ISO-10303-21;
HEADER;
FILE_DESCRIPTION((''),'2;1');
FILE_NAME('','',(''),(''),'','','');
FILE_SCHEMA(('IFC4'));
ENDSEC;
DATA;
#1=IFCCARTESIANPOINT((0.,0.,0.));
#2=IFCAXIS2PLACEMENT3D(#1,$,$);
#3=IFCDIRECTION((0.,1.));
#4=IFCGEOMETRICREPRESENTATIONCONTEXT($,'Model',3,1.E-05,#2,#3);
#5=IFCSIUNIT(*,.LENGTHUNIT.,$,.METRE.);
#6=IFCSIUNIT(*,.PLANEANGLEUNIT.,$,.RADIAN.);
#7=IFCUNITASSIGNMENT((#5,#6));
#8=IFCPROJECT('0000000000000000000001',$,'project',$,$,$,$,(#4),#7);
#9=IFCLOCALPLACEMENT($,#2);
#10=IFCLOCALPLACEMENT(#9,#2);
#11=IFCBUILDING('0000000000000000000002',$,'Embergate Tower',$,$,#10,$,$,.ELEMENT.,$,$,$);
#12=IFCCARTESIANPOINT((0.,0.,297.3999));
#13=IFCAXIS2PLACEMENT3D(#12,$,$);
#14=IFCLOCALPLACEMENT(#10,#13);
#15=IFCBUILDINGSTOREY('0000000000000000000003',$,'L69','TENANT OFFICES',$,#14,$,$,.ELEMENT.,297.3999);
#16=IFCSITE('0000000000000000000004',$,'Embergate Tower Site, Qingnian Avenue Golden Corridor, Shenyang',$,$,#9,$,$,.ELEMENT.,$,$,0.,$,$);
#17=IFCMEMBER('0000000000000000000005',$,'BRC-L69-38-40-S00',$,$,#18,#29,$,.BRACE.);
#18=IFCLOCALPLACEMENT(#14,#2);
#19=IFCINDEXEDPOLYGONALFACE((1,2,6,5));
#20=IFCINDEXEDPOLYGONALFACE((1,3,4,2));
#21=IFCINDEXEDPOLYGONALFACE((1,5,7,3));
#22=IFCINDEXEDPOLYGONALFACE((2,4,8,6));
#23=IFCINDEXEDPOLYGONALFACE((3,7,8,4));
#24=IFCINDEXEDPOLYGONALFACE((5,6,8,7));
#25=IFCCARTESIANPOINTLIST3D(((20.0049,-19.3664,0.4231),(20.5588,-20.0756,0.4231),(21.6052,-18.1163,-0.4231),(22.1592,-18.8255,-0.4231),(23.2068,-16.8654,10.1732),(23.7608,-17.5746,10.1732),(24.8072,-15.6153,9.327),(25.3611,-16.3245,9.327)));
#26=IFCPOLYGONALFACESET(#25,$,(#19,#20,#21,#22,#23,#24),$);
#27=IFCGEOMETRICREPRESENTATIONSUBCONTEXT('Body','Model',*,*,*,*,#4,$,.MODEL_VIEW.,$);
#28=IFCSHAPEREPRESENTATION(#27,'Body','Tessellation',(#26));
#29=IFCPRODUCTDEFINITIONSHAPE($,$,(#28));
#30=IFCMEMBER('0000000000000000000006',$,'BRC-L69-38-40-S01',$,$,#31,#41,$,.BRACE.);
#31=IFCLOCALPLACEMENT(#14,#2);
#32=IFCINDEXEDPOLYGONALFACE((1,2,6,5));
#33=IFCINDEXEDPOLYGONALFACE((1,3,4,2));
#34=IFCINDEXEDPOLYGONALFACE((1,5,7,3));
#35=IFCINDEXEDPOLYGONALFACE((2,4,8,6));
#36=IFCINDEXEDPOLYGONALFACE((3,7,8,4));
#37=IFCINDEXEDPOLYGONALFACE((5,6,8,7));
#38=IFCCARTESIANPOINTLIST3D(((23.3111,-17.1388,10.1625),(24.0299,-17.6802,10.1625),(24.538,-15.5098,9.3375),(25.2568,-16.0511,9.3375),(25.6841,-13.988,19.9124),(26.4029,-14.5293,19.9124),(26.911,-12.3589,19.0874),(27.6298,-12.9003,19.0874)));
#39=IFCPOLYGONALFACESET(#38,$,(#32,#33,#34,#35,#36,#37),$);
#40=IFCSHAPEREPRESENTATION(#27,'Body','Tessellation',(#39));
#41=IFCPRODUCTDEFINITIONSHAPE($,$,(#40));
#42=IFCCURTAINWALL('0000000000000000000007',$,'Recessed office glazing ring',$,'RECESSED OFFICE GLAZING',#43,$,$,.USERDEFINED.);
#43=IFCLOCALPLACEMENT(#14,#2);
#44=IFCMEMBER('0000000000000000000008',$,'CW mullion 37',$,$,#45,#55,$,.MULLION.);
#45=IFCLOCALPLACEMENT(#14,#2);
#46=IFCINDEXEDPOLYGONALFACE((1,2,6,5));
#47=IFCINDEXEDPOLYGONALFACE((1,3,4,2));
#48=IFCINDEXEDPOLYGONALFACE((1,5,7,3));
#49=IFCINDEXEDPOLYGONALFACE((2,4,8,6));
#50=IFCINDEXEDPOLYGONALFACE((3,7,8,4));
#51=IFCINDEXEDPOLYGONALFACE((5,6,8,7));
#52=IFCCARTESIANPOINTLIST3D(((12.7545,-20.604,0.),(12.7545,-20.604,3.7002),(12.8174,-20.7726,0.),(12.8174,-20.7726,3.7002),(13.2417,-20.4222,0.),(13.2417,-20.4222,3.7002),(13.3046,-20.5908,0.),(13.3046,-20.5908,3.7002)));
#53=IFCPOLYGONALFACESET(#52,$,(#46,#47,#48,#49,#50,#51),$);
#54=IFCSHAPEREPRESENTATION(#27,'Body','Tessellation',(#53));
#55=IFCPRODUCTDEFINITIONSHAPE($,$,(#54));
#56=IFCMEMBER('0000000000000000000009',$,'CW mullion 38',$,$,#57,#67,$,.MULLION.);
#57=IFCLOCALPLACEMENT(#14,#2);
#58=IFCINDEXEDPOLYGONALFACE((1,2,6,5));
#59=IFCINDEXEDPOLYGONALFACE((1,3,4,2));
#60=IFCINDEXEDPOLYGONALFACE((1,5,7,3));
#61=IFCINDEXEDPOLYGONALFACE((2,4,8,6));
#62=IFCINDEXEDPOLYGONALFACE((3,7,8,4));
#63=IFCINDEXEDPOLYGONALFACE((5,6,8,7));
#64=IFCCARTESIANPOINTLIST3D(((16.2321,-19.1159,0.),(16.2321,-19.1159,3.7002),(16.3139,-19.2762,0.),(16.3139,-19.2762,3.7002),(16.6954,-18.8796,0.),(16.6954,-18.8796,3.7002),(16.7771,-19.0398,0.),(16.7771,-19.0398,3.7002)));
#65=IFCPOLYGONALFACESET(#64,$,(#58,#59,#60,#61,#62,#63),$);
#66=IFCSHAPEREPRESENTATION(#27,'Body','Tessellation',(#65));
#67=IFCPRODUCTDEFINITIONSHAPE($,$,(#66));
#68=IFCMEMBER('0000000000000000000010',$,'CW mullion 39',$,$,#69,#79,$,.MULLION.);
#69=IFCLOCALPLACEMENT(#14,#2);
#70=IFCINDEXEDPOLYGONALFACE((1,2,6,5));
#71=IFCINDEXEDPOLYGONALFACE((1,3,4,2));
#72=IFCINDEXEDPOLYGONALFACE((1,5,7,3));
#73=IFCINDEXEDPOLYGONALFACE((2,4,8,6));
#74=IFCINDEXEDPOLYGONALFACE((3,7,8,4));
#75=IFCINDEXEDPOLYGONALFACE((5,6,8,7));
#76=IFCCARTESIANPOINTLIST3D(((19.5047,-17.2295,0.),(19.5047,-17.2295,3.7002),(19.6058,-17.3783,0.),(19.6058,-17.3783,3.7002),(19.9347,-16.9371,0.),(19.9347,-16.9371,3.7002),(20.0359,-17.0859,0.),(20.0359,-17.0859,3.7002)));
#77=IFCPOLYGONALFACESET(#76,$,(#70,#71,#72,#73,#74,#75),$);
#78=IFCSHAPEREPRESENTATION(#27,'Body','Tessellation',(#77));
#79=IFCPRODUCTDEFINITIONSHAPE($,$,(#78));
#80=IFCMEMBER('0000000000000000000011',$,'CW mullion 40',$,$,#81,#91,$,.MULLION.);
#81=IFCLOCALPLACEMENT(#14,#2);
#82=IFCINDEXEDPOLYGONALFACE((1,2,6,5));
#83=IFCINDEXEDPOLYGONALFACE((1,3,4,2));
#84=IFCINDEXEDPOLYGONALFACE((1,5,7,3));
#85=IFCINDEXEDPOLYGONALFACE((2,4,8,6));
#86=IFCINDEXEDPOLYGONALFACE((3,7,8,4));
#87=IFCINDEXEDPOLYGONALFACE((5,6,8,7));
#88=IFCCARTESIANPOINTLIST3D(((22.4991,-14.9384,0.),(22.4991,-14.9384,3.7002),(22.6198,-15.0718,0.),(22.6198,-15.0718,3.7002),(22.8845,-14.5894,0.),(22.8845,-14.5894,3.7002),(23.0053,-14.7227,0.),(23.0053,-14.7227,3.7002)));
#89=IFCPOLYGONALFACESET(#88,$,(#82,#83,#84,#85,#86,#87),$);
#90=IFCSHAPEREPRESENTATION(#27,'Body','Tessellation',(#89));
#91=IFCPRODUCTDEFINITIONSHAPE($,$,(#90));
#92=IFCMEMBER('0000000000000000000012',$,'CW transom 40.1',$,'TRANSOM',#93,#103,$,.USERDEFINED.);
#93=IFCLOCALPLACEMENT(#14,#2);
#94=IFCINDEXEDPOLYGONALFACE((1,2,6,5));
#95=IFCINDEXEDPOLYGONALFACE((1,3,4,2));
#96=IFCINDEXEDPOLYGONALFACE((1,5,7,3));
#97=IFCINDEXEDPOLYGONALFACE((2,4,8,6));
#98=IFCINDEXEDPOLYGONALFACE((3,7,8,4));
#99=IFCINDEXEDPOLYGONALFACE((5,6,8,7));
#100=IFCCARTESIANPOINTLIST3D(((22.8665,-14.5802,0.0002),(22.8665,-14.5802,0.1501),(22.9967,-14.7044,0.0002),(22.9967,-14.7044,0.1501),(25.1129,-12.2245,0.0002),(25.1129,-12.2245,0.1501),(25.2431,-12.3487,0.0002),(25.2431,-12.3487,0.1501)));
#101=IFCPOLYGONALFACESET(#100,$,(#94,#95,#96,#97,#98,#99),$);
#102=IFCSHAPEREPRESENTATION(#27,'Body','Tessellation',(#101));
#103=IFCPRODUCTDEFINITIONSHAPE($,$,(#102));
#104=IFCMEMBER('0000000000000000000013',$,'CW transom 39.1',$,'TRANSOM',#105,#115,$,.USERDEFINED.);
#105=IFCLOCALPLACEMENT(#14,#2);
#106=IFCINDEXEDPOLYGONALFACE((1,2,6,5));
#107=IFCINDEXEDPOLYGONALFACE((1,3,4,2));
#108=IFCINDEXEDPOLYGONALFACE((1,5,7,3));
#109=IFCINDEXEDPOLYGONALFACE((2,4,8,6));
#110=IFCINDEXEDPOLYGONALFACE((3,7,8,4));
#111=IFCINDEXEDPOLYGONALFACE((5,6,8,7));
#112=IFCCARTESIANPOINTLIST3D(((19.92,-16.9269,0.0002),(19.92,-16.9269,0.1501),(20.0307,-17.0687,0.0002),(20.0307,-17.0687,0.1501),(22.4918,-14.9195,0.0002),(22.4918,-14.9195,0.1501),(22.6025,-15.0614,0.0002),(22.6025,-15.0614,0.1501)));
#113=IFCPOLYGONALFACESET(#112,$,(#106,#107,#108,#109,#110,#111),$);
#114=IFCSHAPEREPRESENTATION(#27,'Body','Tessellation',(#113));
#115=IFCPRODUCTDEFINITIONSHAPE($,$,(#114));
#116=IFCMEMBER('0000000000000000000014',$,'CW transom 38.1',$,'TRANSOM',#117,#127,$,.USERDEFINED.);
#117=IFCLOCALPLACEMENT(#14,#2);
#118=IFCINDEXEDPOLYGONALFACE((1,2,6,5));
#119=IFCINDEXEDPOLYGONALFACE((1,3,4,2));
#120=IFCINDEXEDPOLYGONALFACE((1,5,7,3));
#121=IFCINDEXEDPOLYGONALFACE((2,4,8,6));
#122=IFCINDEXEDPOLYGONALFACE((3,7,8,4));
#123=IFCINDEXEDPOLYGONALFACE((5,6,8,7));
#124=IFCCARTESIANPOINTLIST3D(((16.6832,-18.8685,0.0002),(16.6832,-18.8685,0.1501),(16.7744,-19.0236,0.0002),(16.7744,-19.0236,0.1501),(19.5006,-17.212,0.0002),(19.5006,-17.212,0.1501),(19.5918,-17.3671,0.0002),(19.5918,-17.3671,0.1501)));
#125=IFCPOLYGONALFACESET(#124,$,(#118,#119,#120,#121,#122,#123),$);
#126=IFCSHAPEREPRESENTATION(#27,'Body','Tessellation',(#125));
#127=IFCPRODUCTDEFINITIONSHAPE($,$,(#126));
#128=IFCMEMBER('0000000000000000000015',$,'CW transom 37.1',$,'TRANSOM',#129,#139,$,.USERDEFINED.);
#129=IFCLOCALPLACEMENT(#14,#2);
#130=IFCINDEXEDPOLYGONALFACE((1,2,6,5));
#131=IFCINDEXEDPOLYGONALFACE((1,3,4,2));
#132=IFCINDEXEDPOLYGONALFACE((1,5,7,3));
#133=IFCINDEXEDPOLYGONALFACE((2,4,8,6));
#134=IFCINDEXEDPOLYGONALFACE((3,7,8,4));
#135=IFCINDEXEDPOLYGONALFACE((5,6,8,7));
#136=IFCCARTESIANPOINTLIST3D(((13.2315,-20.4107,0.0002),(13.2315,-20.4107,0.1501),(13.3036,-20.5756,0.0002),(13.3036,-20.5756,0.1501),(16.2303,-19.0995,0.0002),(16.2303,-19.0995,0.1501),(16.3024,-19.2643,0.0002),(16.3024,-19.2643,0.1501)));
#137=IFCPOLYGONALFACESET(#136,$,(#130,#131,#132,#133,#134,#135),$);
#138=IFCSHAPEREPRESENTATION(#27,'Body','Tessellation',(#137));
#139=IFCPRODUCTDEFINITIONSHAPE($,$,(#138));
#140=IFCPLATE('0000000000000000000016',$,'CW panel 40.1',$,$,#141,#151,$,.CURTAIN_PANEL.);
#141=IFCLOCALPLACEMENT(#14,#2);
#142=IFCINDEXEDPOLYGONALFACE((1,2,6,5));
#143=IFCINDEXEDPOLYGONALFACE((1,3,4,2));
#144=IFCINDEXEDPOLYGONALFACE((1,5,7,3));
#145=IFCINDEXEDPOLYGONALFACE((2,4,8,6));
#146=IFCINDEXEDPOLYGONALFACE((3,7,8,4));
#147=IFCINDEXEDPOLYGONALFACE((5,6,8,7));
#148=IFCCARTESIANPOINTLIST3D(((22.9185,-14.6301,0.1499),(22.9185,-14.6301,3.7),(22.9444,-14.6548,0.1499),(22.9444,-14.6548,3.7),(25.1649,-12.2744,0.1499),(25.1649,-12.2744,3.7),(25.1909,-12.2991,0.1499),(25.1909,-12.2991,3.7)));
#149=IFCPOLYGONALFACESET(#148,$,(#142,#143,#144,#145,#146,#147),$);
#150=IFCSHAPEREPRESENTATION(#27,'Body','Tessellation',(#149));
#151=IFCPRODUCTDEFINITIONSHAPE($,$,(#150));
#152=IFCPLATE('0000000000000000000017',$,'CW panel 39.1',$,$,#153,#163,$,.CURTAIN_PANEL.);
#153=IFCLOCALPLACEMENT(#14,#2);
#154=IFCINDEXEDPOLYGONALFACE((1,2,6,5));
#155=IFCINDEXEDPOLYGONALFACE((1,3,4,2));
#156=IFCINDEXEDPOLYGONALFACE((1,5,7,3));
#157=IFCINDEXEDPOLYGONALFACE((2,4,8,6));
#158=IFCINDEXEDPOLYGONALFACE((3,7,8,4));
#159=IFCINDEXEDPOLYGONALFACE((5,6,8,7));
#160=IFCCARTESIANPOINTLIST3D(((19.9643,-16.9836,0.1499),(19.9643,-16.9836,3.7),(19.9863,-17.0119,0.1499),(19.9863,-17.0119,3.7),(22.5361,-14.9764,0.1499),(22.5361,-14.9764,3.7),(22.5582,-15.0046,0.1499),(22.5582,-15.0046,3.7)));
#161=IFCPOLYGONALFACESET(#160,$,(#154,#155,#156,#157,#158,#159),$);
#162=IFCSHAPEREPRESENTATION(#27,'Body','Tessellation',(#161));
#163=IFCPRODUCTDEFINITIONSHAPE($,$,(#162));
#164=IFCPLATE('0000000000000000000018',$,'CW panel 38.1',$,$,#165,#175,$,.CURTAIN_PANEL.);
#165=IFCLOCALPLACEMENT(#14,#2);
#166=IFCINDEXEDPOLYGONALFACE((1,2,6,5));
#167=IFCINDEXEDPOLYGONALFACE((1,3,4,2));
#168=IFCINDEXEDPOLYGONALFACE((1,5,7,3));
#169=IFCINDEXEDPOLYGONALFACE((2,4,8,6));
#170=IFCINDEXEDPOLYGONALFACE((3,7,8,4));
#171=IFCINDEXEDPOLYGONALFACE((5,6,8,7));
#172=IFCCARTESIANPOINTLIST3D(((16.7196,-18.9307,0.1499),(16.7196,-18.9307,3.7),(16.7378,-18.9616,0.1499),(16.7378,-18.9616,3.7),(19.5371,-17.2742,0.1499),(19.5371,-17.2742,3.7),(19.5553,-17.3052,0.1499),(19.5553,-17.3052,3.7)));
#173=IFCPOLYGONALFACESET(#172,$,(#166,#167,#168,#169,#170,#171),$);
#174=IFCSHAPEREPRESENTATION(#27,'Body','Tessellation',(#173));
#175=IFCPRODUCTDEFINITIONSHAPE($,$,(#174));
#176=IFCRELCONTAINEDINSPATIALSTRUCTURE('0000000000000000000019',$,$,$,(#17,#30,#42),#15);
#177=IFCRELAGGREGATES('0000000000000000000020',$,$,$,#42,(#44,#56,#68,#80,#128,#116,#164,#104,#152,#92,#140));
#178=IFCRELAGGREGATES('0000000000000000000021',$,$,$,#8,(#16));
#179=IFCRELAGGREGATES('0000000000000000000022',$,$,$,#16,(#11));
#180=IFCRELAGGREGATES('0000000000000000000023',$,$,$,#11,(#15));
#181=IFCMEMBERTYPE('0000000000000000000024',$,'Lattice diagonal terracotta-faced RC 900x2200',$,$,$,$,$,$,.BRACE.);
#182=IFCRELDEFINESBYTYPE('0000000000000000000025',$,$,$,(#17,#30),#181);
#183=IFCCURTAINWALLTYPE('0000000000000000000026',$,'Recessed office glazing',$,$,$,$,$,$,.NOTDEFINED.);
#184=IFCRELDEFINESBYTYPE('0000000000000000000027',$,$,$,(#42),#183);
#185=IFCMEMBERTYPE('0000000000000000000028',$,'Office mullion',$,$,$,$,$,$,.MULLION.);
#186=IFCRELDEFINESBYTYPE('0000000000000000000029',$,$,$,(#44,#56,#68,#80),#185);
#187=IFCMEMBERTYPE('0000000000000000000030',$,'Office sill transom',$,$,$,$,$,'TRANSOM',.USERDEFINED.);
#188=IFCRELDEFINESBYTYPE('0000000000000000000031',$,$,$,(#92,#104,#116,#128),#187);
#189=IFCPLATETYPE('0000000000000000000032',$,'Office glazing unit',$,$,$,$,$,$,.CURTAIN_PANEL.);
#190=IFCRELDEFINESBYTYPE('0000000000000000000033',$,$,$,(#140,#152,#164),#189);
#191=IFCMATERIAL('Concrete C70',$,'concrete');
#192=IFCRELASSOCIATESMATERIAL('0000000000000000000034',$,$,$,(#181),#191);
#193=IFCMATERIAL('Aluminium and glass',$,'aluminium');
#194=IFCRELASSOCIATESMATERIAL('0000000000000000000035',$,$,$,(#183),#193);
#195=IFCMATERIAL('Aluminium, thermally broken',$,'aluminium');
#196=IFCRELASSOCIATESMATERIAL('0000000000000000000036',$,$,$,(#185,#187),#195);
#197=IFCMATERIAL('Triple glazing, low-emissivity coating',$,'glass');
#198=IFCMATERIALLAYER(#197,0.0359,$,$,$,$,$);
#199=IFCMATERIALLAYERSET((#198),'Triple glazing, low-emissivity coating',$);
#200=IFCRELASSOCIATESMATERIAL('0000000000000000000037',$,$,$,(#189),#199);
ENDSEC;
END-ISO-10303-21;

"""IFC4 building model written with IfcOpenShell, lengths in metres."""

from ifc_helpers import new_model, si_unit, direction, frame, origin, origin_2d, place, context, subcontext, project, spatial, rectangle, extrude, source, transform, mapped, material, layer, layer_set, material_profile, profile_set, type_object, element, aggregate, save


model = new_model("IFC4")

# Units and contexts
model_context = context("Model", 3, precision=1e-05, world=origin(), true_north=direction((0.0, 1.0)))
body_context = subcontext(model_context, "Body", "Model", "MODEL_VIEW")
ifc_project = project(units=[si_unit("LENGTHUNIT", "METRE"), si_unit("PLANEANGLEUNIT", "RADIAN")], contexts=[model_context])

# Site, building, storey
site_placement = place(None, origin())
site = spatial("IfcSite", under=ifc_project, at=site_placement, Name="Embergate Tower Site, Qingnian Avenue Golden Corridor, Shenyang", CompositionType="ELEMENT", RefElevation=0.0)
building_placement = place(site_placement, origin())
building = spatial("IfcBuilding", under=site, at=building_placement, Name="Embergate Tower", CompositionType="ELEMENT")
storey_placement = place(building_placement, frame((0.0, 0.0, 297.3999)))
storey = spatial("IfcBuildingStorey", under=building, at=storey_placement, Name="L69", Description="TENANT OFFICES", CompositionType="ELEMENT", Elevation=297.3999)

# Members
ifc_material_1 = material(Name="Concrete C70", Category="concrete")
ifc_material_profile_1 = material_profile(ifc_material_1, rectangle(XDim=0.8999, YDim=2.2, at=origin_2d()), Name="RC 900x2200")
ifc_profile_set_1 = profile_set([ifc_material_profile_1], Name="Concrete C70")
member_type_1 = type_object("IfcMemberType", Name="Lattice diagonal terracotta-faced RC 900x2200", PredefinedType="BRACE", material=ifc_profile_set_1)
shared_shape_1 = source(origin(), body_context, "Body", "SweptSolid", [
    extrude(rectangle(XDim=0.8999, YDim=2.2, at=origin_2d()), origin(), (0.0, 0.0, 1.0), 10.5627),
])
member_1_placement = place(storey_placement, frame((21.082, -19.0959, 0.0), z_axis=(0.303135, 0.236775, 0.923064), x_axis=(-0.615566, 0.788085, 0.0)))
element("IfcMember", 1, at=member_1_placement, inside=storey, type_object=member_type_1, Name="BRC-L69-38-40-S00", PredefinedType="BRACE", context=body_context, shape_type="MappedRepresentation", body=[
    mapped(shared_shape_1, transform((0.0, 0.0, 0.0))),
])
shared_shape_2 = source(origin(), body_context, "Body", "SweptSolid", [
    extrude(rectangle(XDim=0.8999, YDim=2.2, at=origin_2d()), origin(), (0.0, 0.0, 1.0), 10.5176),
])
member_2_placement = place(storey_placement, frame((24.2839, -16.595, 9.75), z_axis=(0.225624, 0.299579, 0.927009), x_axis=(-0.798795, 0.601603, 0.0)))
element("IfcMember", 2, at=member_2_placement, inside=storey, type_object=member_type_1, Name="BRC-L69-38-40-S01", PredefinedType="BRACE", context=body_context, shape_type="MappedRepresentation", body=[
    mapped(shared_shape_2, transform((0.0, 0.0, 0.0))),
])

# Curtain wall, members, plates
ifc_material_2 = material(Name="Aluminium and glass", Category="aluminium")
curtain_wall_type = type_object("IfcCurtainWallType", Name="Recessed office glazing", PredefinedType="NOTDEFINED", material=ifc_material_2)
curtain_wall_placement = place(storey_placement, origin())
curtain_wall = element("IfcCurtainWall", 3, at=curtain_wall_placement, inside=storey, type_object=curtain_wall_type, Name="Recessed office glazing ring", ObjectType="RECESSED OFFICE GLAZING", PredefinedType="USERDEFINED")
ifc_material_3 = material(Name="Aluminium, thermally broken", Category="aluminium")
ifc_material_profile_2 = material_profile(ifc_material_3, rectangle(XDim=0.1799, YDim=0.52, at=origin_2d()), Name="AL 520x180")
ifc_profile_set_2 = profile_set([ifc_material_profile_2], Name="Aluminium, thermally broken")
member_type_2 = type_object("IfcMemberType", Name="Office mullion", PredefinedType="MULLION", material=ifc_profile_set_2)
shared_shape_3 = source(origin(), body_context, "Body", "SweptSolid", [
    extrude(rectangle(XDim=0.1799, YDim=0.52, at=origin_2d()), origin(), (0.0, 0.0, 1.0), 3.7002),
])
member_3_placement = place(storey_placement, frame((13.0295, -20.5974, 0.0), z_axis=(0.0, 0.0, 1.0), x_axis=(-0.349501, 0.936936, 0.0)))
member_3 = element("IfcMember", 4, at=member_3_placement, type_object=member_type_2, Name="CW mullion 37", PredefinedType="MULLION", context=body_context, shape_type="MappedRepresentation", body=[
    mapped(shared_shape_3, transform((0.0, 0.0, 0.0))),
])
member_4_placement = place(storey_placement, frame((16.5046, -19.0779, 0.0), z_axis=(0.0, 0.0, 1.0), x_axis=(-0.454508, 0.890743, 0.0)))
member_4 = element("IfcMember", 5, at=member_4_placement, type_object=member_type_2, Name="CW mullion 38", PredefinedType="MULLION", context=body_context, shape_type="MappedRepresentation", body=[
    mapped(shared_shape_3, transform((0.0, 0.0, 0.0))),
])
member_5_placement = place(storey_placement, frame((19.7703, -17.1577, 0.0), z_axis=(0.0, 0.0, 1.0), x_axis=(-0.562212, 0.826993, 0.0)))
member_5 = element("IfcMember", 6, at=member_5_placement, type_object=member_type_2, Name="CW mullion 39", PredefinedType="MULLION", context=body_context, shape_type="MappedRepresentation", body=[
    mapped(shared_shape_3, transform((0.0, 0.0, 0.0))),
])
member_6_placement = place(storey_placement, frame((22.7522, -14.8306, 0.0), z_axis=(0.0, 0.0, 1.0), x_axis=(-0.67122, 0.741258, 0.0)))
member_6 = element("IfcMember", 7, at=member_6_placement, type_object=member_type_2, Name="CW mullion 40", PredefinedType="MULLION", context=body_context, shape_type="MappedRepresentation", body=[
    mapped(shared_shape_3, transform((0.0, 0.0, 0.0))),
])
ifc_material_profile_3 = material_profile(ifc_material_3, rectangle(XDim=0.1799, YDim=0.1499, at=origin_2d()), Name="AL 150x180")
ifc_profile_set_3 = profile_set([ifc_material_profile_3], Name="Aluminium, thermally broken")
member_type_3 = type_object("IfcMemberType", Name="Office sill transom", ElementType="TRANSOM", PredefinedType="USERDEFINED", material=ifc_profile_set_3)
shared_shape_4 = source(origin(), body_context, "Body", "SweptSolid", [
    extrude(rectangle(XDim=0.1799, YDim=0.1499, at=origin_2d()), origin(), (0.0, 0.0, 1.0), 3.2551),
])
member_7_placement = place(storey_placement, frame((22.9316, -14.6423, 0.0752), z_axis=(0.690106, 0.723708, 0.0), x_axis=(-0.723708, 0.690106, 0.0)))
member_7 = element("IfcMember", 8, at=member_7_placement, type_object=member_type_3, Name="CW transom 40.1", ObjectType="TRANSOM", PredefinedType="USERDEFINED", context=body_context, shape_type="MappedRepresentation", body=[
    mapped(shared_shape_4, transform((0.0, 0.0, 0.0))),
])
shared_shape_5 = source(origin(), body_context, "Body", "SweptSolid", [
    extrude(rectangle(XDim=0.1799, YDim=0.1499, at=origin_2d()), origin(), (0.0, 0.0, 1.0), 3.2625),
])
member_8_placement = place(storey_placement, frame((19.9753, -16.9978, 0.0752), z_axis=(0.788303, 0.615287, 0.0), x_axis=(-0.615287, 0.788303, 0.0)))
member_8 = element("IfcMember", 9, at=member_8_placement, type_object=member_type_3, Name="CW transom 39.1", ObjectType="TRANSOM", PredefinedType="USERDEFINED", context=body_context, shape_type="MappedRepresentation", body=[
    mapped(shared_shape_5, transform((0.0, 0.0, 0.0))),
])
shared_shape_6 = source(origin(), body_context, "Body", "SweptSolid", [
    extrude(rectangle(XDim=0.1799, YDim=0.1499, at=origin_2d()), origin(), (0.0, 0.0, 1.0), 3.2683),
])
member_9_placement = place(storey_placement, frame((16.7288, -18.946, 0.0752), z_axis=(0.86204, 0.506841, 0.0), x_axis=(-0.506841, 0.86204, 0.0)))
member_9 = element("IfcMember", 10, at=member_9_placement, type_object=member_type_3, Name="CW transom 38.1", ObjectType="TRANSOM", PredefinedType="USERDEFINED", context=body_context, shape_type="MappedRepresentation", body=[
    mapped(shared_shape_6, transform((0.0, 0.0, 0.0))),
])
shared_shape_7 = source(origin(), body_context, "Body", "SweptSolid", [
    extrude(rectangle(XDim=0.1799, YDim=0.1499, at=origin_2d()), origin(), (0.0, 0.0, 1.0), 3.2729),
])
member_10_placement = place(storey_placement, frame((13.2676, -20.4932, 0.0752), z_axis=(0.916234, 0.400643, 0.0), x_axis=(-0.400643, 0.916234, 0.0)))
member_10 = element("IfcMember", 11, at=member_10_placement, type_object=member_type_3, Name="CW transom 37.1", ObjectType="TRANSOM", PredefinedType="USERDEFINED", context=body_context, shape_type="MappedRepresentation", body=[
    mapped(shared_shape_7, transform((0.0, 0.0, 0.0))),
])
ifc_material_4 = material(Name="Triple glazing, low-emissivity coating", Category="glass")
ifc_layer_1 = layer(ifc_material_4, 0.0359)
ifc_layer_set_1 = layer_set([ifc_layer_1], Name="Triple glazing, low-emissivity coating")
plate_type = type_object("IfcPlateType", Name="Office glazing unit", PredefinedType="CURTAIN_PANEL", material=ifc_layer_set_1)
shared_shape_8 = source(origin(), body_context, "Body", "SweptSolid", [
    extrude(rectangle(XDim=3.2551, YDim=0.0359, at=origin_2d()), origin(), (0.0, 0.0, 1.0), 3.55),
])
plate_1_placement = place(storey_placement, frame((24.0547, -13.4646, 0.1499), z_axis=(0.0, 0.0, 1.0), x_axis=(0.690134, 0.723682, 0.0)))
plate_1 = element("IfcPlate", 12, at=plate_1_placement, type_object=plate_type, Name="CW panel 40.1", PredefinedType="CURTAIN_PANEL", context=body_context, shape_type="MappedRepresentation", body=[
    mapped(shared_shape_8, transform((0.0, 0.0, 0.0))),
])
shared_shape_9 = source(origin(), body_context, "Body", "SweptSolid", [
    extrude(rectangle(XDim=3.2625, YDim=0.0359, at=origin_2d()), origin(), (0.0, 0.0, 1.0), 3.55),
])
plate_2_placement = place(storey_placement, frame((21.2612, -15.9941, 0.1499), z_axis=(0.0, 0.0, 1.0), x_axis=(0.788318, 0.615268, 0.0)))
plate_2 = element("IfcPlate", 13, at=plate_2_placement, type_object=plate_type, Name="CW panel 39.1", PredefinedType="CURTAIN_PANEL", context=body_context, shape_type="MappedRepresentation", body=[
    mapped(shared_shape_9, transform((0.0, 0.0, 0.0))),
])
shared_shape_10 = source(origin(), body_context, "Body", "SweptSolid", [
    extrude(rectangle(XDim=3.2683, YDim=0.0359, at=origin_2d()), origin(), (0.0, 0.0, 1.0), 3.55),
])
plate_3_placement = place(storey_placement, frame((18.1375, -18.1179, 0.1499), z_axis=(0.0, 0.0, 1.0), x_axis=(0.862051, 0.506821, 0.0)))
plate_3 = element("IfcPlate", 14, at=plate_3_placement, type_object=plate_type, Name="CW panel 38.1", PredefinedType="CURTAIN_PANEL", context=body_context, shape_type="MappedRepresentation", body=[
    mapped(shared_shape_10, transform((0.0, 0.0, 0.0))),
])
aggregate(curtain_wall, [member_3, member_4, member_5, member_6, member_10, member_9, plate_3, member_8, plate_2, member_7, plate_1])

save(model, "model.ifc")
